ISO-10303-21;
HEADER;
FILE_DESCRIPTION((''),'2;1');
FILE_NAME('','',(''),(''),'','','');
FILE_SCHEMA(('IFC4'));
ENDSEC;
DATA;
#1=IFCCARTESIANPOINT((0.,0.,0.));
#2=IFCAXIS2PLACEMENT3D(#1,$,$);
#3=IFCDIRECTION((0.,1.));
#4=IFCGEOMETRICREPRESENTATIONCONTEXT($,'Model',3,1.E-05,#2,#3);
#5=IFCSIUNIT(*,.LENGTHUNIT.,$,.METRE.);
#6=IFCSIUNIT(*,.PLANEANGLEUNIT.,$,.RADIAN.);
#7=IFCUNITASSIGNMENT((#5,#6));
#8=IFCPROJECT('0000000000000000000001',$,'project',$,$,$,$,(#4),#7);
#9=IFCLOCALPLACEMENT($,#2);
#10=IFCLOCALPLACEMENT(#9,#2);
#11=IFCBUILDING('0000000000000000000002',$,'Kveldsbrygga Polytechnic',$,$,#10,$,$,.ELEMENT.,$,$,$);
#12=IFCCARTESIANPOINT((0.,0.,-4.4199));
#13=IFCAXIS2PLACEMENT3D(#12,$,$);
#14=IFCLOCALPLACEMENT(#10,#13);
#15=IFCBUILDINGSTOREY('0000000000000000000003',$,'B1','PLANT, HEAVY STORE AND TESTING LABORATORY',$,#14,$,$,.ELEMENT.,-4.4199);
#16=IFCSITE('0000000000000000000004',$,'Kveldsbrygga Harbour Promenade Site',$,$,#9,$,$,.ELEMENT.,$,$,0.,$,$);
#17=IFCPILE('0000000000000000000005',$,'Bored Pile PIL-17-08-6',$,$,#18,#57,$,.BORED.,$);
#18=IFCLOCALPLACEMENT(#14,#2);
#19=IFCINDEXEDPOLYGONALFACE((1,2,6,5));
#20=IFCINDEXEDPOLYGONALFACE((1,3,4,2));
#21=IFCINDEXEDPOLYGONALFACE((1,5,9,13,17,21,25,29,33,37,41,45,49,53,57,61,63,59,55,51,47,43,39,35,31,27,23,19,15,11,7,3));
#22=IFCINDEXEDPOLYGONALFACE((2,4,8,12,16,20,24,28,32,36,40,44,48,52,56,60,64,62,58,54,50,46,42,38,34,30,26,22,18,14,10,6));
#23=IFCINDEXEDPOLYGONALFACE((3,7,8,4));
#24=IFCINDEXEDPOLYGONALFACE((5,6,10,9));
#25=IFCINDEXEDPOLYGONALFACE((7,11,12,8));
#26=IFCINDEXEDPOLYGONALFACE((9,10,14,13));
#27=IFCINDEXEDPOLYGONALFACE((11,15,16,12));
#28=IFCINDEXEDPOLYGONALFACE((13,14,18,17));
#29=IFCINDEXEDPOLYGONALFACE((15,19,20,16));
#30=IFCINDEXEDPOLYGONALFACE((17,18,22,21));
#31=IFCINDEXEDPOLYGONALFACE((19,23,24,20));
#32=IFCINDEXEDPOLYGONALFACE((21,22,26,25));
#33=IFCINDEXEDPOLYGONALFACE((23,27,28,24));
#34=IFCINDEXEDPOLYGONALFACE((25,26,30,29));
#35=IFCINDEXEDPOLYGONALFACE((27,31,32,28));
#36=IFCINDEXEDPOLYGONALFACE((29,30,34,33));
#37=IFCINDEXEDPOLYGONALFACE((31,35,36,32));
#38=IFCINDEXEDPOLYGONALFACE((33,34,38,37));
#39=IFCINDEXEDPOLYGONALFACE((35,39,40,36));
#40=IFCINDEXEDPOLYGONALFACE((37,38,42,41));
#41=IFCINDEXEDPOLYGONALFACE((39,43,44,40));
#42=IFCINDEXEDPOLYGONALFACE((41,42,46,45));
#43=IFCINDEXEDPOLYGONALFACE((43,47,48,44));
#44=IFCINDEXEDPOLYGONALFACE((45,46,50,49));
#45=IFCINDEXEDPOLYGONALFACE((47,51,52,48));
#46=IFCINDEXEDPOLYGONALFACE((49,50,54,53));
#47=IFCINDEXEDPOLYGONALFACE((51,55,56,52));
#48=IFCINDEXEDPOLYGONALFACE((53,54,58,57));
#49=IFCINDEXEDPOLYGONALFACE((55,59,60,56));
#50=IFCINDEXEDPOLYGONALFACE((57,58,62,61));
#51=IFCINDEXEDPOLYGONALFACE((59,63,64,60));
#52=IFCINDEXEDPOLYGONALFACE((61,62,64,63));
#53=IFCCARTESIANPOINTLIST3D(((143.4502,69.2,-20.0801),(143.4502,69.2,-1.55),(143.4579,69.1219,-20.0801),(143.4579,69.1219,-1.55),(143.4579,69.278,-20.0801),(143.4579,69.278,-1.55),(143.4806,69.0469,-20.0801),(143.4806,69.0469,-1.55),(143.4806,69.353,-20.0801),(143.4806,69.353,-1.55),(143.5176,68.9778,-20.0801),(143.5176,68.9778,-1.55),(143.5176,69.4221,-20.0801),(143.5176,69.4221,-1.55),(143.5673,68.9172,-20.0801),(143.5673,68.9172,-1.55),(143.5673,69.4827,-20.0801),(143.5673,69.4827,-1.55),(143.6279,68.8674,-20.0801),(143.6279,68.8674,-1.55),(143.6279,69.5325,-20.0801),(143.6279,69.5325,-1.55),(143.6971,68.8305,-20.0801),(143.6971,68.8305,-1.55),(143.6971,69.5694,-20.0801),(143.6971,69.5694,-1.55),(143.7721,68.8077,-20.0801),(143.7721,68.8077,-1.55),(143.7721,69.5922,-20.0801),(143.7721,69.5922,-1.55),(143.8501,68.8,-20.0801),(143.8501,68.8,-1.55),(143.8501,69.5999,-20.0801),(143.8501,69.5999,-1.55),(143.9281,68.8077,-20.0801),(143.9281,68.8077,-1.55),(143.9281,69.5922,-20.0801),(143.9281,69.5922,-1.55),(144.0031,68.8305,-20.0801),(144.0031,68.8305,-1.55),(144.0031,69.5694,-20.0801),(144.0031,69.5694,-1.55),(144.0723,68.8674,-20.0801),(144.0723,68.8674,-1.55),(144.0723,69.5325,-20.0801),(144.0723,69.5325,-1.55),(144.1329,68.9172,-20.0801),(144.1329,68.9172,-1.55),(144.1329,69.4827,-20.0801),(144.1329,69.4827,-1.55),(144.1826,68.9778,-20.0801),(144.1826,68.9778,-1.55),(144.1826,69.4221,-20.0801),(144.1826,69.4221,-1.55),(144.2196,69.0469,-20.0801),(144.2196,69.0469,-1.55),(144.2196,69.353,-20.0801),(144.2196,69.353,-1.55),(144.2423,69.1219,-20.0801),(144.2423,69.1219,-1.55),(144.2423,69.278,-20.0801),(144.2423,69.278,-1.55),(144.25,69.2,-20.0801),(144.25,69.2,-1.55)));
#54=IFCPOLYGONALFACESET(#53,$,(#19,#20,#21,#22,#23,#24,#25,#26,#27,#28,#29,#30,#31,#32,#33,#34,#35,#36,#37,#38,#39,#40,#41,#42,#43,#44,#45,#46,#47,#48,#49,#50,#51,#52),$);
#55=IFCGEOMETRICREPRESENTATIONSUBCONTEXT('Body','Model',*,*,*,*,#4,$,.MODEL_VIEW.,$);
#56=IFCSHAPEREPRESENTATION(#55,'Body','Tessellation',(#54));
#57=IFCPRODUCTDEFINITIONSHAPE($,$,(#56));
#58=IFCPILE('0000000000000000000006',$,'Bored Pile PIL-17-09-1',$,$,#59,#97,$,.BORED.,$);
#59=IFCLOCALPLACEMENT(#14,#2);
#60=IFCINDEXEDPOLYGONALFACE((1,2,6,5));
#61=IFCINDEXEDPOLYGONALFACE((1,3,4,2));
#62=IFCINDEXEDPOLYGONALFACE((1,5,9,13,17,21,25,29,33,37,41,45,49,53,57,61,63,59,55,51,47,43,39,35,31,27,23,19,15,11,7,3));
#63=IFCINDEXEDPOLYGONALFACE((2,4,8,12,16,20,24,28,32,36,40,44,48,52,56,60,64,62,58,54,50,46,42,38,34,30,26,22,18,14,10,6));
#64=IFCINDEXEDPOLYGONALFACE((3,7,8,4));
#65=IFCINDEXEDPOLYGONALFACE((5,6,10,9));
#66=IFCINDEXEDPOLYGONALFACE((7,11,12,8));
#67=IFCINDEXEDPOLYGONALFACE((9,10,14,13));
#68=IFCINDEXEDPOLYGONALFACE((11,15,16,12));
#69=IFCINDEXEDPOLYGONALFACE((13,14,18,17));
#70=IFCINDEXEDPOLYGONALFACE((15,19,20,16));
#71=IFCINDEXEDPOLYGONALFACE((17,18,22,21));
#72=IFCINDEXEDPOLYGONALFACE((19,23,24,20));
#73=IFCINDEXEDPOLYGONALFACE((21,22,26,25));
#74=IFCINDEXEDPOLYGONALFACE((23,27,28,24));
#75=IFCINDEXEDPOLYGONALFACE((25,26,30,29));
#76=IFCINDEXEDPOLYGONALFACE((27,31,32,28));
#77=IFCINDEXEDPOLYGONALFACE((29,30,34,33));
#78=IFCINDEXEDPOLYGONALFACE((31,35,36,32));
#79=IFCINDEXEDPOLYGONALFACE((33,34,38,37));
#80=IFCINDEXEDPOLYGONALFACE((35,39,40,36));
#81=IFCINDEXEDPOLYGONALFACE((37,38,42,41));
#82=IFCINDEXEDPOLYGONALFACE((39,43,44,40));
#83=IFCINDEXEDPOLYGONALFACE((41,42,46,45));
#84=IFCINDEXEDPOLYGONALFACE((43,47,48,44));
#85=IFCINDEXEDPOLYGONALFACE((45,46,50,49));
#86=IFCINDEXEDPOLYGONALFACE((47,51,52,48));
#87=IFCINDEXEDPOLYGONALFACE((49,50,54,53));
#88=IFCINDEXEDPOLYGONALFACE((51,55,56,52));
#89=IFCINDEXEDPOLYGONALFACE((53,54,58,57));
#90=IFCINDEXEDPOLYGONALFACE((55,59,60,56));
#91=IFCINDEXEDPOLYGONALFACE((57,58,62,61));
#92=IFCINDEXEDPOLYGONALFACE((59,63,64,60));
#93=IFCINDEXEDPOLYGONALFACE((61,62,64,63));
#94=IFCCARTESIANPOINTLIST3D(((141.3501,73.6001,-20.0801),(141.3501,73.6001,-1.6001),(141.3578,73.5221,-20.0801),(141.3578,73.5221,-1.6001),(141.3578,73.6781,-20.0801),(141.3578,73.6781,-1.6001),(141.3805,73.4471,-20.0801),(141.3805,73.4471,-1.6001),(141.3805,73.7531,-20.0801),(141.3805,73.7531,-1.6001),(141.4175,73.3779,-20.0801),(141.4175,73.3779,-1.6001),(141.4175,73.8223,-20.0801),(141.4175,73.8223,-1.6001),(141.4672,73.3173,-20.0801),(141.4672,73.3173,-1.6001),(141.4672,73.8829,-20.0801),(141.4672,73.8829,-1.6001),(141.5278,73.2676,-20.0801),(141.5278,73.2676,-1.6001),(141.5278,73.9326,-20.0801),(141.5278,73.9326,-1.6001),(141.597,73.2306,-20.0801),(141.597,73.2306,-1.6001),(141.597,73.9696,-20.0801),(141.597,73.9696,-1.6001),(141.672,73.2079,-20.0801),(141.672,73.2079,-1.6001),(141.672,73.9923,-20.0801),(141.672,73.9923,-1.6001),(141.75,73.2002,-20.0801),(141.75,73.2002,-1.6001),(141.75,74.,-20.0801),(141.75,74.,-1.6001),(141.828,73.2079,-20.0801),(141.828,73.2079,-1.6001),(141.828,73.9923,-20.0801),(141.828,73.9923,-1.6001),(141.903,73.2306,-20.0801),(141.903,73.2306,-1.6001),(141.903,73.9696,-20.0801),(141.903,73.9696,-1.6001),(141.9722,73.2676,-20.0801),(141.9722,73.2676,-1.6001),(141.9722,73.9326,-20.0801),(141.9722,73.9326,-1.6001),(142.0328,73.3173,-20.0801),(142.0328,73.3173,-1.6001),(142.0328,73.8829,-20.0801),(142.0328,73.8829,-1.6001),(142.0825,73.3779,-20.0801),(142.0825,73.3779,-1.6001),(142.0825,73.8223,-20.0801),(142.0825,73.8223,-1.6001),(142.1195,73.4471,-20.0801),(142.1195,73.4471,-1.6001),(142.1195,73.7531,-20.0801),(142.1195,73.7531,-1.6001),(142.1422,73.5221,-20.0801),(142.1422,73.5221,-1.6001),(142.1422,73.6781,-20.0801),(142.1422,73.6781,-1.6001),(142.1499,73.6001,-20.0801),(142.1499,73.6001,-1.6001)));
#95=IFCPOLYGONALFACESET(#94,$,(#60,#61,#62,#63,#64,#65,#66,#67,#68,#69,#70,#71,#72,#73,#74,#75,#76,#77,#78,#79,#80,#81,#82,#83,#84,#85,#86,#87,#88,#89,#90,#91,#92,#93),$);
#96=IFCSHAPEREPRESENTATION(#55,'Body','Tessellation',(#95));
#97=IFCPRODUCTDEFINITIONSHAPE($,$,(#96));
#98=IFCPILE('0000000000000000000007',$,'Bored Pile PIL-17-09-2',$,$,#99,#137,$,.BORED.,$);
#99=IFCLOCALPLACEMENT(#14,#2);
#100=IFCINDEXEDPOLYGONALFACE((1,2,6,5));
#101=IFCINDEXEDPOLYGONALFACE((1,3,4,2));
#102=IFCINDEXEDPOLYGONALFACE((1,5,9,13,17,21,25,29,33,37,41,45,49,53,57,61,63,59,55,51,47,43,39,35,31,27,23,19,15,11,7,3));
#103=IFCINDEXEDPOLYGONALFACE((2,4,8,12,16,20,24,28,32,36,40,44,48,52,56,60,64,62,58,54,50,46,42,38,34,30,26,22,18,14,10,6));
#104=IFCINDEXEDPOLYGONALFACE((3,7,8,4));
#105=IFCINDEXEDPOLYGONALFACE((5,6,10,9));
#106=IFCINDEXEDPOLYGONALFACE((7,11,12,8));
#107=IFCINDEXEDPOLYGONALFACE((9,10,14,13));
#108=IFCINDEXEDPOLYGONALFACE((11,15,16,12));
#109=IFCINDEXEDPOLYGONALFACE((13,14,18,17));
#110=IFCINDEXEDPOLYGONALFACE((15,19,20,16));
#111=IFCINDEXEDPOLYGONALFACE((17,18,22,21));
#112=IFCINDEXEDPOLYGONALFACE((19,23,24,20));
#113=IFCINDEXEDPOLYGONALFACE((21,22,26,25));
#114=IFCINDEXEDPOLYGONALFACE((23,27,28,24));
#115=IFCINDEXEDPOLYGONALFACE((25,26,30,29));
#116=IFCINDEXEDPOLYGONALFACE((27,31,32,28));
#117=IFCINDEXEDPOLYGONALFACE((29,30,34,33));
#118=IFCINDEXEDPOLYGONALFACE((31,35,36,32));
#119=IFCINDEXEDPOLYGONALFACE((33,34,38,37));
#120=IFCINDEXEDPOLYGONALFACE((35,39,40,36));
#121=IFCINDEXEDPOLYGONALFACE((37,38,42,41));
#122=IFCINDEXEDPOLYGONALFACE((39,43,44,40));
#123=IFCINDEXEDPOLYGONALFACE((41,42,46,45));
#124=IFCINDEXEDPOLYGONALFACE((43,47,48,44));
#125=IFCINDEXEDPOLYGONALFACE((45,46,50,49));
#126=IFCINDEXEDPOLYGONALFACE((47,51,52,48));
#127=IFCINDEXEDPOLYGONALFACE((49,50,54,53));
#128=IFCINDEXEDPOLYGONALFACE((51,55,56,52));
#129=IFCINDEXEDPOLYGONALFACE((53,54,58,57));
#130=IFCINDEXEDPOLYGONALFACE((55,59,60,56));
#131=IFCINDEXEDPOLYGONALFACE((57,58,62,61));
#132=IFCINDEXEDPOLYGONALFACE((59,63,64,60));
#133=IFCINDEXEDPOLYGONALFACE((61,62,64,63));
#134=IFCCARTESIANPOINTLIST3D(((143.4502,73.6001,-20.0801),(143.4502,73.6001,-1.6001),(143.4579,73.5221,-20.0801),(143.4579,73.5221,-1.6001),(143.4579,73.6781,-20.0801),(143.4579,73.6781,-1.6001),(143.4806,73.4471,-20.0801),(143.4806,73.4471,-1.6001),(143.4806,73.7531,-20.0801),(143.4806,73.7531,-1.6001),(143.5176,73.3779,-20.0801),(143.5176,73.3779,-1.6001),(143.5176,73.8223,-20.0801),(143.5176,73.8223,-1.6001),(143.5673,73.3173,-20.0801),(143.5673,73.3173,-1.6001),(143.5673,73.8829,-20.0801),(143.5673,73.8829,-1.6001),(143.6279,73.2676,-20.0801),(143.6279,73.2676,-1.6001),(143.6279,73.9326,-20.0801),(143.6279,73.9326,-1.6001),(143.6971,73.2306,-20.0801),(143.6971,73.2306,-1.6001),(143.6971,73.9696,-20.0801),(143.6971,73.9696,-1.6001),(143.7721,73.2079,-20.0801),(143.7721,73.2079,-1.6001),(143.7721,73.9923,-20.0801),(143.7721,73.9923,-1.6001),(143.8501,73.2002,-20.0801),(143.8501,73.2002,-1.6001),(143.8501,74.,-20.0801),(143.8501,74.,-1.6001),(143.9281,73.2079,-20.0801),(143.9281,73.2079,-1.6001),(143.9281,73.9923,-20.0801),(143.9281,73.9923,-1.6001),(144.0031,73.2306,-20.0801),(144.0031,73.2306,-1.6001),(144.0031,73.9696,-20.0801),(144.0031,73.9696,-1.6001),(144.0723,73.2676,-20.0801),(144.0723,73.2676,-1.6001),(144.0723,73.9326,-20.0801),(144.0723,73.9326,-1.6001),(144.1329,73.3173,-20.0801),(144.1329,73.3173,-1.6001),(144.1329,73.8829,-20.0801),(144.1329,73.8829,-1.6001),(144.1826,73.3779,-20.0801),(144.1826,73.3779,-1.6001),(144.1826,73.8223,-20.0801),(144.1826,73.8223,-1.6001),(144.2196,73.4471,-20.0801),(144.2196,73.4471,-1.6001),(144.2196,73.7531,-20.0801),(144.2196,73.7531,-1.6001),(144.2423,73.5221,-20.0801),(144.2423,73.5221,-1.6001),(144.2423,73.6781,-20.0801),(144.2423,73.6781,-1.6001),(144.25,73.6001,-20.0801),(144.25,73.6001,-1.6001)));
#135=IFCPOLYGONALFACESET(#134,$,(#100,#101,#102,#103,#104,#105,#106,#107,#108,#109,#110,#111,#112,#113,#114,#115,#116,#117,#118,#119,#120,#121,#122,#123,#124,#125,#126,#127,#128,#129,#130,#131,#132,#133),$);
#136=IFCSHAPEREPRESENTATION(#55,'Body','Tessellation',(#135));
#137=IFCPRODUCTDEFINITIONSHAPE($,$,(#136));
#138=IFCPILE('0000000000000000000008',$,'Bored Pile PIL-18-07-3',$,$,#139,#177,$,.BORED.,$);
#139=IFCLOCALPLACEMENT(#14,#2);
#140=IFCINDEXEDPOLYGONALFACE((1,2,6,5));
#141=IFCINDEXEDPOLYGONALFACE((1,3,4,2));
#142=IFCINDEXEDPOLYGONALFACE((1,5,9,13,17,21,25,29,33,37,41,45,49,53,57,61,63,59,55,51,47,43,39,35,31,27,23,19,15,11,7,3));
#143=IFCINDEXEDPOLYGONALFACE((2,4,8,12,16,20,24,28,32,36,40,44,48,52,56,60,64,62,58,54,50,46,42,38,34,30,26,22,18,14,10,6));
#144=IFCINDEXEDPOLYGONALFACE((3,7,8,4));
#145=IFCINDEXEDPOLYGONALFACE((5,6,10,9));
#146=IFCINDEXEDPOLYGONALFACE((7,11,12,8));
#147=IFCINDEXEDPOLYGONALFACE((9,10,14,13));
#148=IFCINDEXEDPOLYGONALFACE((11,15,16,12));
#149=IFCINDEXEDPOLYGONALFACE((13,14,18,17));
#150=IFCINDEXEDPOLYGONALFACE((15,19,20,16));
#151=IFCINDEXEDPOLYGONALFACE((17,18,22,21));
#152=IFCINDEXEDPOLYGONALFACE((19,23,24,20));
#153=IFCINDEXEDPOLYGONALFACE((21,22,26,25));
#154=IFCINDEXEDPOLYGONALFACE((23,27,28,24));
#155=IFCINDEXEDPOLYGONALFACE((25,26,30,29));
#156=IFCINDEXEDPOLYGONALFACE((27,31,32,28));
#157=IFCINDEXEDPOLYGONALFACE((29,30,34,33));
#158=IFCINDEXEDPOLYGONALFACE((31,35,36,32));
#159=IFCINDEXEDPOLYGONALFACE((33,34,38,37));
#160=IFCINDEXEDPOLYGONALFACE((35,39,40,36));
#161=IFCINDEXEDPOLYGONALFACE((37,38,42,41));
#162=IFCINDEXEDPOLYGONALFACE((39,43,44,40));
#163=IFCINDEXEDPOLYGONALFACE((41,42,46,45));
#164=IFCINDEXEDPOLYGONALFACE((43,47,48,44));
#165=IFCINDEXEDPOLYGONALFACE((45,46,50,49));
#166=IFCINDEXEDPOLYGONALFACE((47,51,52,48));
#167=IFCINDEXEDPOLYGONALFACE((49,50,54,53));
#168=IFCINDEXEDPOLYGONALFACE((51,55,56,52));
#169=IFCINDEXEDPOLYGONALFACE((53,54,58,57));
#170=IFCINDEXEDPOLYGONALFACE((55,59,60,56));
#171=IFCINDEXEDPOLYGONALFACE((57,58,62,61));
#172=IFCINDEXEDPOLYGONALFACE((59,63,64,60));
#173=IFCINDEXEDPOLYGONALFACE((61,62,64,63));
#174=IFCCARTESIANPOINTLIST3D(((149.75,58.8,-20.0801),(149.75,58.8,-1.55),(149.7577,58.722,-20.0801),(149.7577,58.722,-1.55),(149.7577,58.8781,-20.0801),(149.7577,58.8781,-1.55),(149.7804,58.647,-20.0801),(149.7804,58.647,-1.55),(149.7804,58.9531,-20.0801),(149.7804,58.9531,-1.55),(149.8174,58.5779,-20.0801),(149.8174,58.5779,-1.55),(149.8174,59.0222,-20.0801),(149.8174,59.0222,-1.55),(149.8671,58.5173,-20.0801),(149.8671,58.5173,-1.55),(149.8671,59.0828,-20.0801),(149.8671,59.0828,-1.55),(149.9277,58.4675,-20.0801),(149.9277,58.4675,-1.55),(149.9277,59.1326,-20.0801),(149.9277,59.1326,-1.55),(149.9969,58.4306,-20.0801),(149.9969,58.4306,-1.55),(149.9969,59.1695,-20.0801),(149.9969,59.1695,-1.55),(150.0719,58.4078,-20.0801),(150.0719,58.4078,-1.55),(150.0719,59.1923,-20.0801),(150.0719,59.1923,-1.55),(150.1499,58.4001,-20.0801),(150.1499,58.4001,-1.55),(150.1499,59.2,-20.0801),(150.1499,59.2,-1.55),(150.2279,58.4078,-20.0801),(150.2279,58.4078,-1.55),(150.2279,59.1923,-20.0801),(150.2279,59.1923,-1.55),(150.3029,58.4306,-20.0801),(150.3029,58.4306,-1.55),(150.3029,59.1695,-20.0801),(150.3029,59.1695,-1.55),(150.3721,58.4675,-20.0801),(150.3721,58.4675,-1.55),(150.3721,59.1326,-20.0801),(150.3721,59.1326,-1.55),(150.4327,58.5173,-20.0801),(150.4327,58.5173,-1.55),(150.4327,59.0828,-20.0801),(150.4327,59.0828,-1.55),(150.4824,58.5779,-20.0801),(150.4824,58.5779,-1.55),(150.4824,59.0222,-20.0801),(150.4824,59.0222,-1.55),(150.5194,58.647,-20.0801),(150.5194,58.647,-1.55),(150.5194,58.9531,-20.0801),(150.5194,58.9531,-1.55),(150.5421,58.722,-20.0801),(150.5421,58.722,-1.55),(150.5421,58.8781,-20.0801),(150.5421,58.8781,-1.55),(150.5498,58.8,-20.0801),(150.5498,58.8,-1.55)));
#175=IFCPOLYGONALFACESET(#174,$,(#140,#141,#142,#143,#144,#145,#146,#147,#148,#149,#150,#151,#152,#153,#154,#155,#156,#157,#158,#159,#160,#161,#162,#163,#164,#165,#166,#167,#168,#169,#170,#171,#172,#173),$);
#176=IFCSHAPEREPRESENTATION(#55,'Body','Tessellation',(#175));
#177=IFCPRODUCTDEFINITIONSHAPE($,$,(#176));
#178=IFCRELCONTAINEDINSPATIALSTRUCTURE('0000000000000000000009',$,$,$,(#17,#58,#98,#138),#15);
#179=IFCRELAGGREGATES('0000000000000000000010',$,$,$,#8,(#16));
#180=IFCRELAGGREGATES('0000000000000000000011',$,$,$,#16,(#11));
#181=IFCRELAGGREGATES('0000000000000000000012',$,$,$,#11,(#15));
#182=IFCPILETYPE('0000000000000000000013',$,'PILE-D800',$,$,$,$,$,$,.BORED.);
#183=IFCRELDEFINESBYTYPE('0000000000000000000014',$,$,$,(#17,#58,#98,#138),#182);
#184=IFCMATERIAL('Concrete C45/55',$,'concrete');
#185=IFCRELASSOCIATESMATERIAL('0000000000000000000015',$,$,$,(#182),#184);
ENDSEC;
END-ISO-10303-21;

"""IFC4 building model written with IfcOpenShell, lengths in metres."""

from ifc_helpers import new_model, si_unit, direction, frame, origin, origin_2d, place, context, subcontext, project, spatial, circle, extrude, material, material_profile, profile_set, type_object, element, save


model = new_model("IFC4")

# Units and contexts
model_context = context("Model", 3, precision=1e-05, world=origin(), true_north=direction((0.0, 1.0)))
body_context = subcontext(model_context, "Body", "Model", "MODEL_VIEW")
ifc_project = project(units=[si_unit("LENGTHUNIT", "METRE"), si_unit("PLANEANGLEUNIT", "RADIAN")], contexts=[model_context])

# Site, building, storey
site_placement = place(None, origin())
site = spatial("IfcSite", under=ifc_project, at=site_placement, Name="Kveldsbrygga Harbour Promenade Site", CompositionType="ELEMENT", RefElevation=0.0)
building_placement = place(site_placement, origin())
building = spatial("IfcBuilding", under=site, at=building_placement, Name="Kveldsbrygga Polytechnic", CompositionType="ELEMENT")
storey_placement = place(building_placement, frame((0.0, 0.0, -4.4199)))
storey = spatial("IfcBuildingStorey", under=building, at=storey_placement, Name="B1", Description="PLANT, HEAVY STORE AND TESTING LABORATORY", CompositionType="ELEMENT", Elevation=-4.4199)

# Shared definitions
ifc_material_1 = material(Name="Concrete C45/55", Category="concrete")

# Piles
ifc_material_profile_1 = material_profile(ifc_material_1, circle(Radius=0.3999, at=origin_2d()), Name="PILE D800")
ifc_profile_set_1 = profile_set([ifc_material_profile_1], Name="Concrete C45/55")
pile_type = type_object("IfcPileType", Name="PILE-D800", PredefinedType="BORED", material=ifc_profile_set_1)
for number, where, z_axis, x_axis, name in (
    (1, (143.8501, 69.2, -1.55), (0.0, 0.0, -1.0), (1.0, 0.0, 0.0), "Bored Pile PIL-17-08-6"),
):
    element("IfcPile", number, at=place(storey_placement, frame(where, z_axis=z_axis, x_axis=x_axis)), inside=storey, type_object=pile_type, Name=name, PredefinedType="BORED", context=body_context, shape_type="SweptSolid", body=[
        extrude(circle(Radius=0.3999, at=origin_2d()), origin(), (0.0, 0.0, 1.0), 18.53),
    ])
for number, where, z_axis, x_axis, name in (
    (2, (141.75, 73.6001, -1.6001), (0.0, 0.0, -1.0), (1.0, 0.0, 0.0), "Bored Pile PIL-17-09-1"),
    (3, (143.8501, 73.6001, -1.6001), (0.0, 0.0, -1.0), (1.0, 0.0, 0.0), "Bored Pile PIL-17-09-2"),
):
    element("IfcPile", number, at=place(storey_placement, frame(where, z_axis=z_axis, x_axis=x_axis)), inside=storey, type_object=pile_type, Name=name, PredefinedType="BORED", context=body_context, shape_type="SweptSolid", body=[
        extrude(circle(Radius=0.3999, at=origin_2d()), origin(), (0.0, 0.0, 1.0), 18.48),
    ])
for number, where, z_axis, x_axis, name in (
    (4, (150.1499, 58.8, -1.55), (0.0, 0.0, -1.0), (1.0, 0.0, 0.0), "Bored Pile PIL-18-07-3"),
):
    element("IfcPile", number, at=place(storey_placement, frame(where, z_axis=z_axis, x_axis=x_axis)), inside=storey, type_object=pile_type, Name=name, PredefinedType="BORED", context=body_context, shape_type="SweptSolid", body=[
        extrude(circle(Radius=0.3999, at=origin_2d()), origin(), (0.0, 0.0, 1.0), 18.53),
    ])

save(model, "model.ifc")
